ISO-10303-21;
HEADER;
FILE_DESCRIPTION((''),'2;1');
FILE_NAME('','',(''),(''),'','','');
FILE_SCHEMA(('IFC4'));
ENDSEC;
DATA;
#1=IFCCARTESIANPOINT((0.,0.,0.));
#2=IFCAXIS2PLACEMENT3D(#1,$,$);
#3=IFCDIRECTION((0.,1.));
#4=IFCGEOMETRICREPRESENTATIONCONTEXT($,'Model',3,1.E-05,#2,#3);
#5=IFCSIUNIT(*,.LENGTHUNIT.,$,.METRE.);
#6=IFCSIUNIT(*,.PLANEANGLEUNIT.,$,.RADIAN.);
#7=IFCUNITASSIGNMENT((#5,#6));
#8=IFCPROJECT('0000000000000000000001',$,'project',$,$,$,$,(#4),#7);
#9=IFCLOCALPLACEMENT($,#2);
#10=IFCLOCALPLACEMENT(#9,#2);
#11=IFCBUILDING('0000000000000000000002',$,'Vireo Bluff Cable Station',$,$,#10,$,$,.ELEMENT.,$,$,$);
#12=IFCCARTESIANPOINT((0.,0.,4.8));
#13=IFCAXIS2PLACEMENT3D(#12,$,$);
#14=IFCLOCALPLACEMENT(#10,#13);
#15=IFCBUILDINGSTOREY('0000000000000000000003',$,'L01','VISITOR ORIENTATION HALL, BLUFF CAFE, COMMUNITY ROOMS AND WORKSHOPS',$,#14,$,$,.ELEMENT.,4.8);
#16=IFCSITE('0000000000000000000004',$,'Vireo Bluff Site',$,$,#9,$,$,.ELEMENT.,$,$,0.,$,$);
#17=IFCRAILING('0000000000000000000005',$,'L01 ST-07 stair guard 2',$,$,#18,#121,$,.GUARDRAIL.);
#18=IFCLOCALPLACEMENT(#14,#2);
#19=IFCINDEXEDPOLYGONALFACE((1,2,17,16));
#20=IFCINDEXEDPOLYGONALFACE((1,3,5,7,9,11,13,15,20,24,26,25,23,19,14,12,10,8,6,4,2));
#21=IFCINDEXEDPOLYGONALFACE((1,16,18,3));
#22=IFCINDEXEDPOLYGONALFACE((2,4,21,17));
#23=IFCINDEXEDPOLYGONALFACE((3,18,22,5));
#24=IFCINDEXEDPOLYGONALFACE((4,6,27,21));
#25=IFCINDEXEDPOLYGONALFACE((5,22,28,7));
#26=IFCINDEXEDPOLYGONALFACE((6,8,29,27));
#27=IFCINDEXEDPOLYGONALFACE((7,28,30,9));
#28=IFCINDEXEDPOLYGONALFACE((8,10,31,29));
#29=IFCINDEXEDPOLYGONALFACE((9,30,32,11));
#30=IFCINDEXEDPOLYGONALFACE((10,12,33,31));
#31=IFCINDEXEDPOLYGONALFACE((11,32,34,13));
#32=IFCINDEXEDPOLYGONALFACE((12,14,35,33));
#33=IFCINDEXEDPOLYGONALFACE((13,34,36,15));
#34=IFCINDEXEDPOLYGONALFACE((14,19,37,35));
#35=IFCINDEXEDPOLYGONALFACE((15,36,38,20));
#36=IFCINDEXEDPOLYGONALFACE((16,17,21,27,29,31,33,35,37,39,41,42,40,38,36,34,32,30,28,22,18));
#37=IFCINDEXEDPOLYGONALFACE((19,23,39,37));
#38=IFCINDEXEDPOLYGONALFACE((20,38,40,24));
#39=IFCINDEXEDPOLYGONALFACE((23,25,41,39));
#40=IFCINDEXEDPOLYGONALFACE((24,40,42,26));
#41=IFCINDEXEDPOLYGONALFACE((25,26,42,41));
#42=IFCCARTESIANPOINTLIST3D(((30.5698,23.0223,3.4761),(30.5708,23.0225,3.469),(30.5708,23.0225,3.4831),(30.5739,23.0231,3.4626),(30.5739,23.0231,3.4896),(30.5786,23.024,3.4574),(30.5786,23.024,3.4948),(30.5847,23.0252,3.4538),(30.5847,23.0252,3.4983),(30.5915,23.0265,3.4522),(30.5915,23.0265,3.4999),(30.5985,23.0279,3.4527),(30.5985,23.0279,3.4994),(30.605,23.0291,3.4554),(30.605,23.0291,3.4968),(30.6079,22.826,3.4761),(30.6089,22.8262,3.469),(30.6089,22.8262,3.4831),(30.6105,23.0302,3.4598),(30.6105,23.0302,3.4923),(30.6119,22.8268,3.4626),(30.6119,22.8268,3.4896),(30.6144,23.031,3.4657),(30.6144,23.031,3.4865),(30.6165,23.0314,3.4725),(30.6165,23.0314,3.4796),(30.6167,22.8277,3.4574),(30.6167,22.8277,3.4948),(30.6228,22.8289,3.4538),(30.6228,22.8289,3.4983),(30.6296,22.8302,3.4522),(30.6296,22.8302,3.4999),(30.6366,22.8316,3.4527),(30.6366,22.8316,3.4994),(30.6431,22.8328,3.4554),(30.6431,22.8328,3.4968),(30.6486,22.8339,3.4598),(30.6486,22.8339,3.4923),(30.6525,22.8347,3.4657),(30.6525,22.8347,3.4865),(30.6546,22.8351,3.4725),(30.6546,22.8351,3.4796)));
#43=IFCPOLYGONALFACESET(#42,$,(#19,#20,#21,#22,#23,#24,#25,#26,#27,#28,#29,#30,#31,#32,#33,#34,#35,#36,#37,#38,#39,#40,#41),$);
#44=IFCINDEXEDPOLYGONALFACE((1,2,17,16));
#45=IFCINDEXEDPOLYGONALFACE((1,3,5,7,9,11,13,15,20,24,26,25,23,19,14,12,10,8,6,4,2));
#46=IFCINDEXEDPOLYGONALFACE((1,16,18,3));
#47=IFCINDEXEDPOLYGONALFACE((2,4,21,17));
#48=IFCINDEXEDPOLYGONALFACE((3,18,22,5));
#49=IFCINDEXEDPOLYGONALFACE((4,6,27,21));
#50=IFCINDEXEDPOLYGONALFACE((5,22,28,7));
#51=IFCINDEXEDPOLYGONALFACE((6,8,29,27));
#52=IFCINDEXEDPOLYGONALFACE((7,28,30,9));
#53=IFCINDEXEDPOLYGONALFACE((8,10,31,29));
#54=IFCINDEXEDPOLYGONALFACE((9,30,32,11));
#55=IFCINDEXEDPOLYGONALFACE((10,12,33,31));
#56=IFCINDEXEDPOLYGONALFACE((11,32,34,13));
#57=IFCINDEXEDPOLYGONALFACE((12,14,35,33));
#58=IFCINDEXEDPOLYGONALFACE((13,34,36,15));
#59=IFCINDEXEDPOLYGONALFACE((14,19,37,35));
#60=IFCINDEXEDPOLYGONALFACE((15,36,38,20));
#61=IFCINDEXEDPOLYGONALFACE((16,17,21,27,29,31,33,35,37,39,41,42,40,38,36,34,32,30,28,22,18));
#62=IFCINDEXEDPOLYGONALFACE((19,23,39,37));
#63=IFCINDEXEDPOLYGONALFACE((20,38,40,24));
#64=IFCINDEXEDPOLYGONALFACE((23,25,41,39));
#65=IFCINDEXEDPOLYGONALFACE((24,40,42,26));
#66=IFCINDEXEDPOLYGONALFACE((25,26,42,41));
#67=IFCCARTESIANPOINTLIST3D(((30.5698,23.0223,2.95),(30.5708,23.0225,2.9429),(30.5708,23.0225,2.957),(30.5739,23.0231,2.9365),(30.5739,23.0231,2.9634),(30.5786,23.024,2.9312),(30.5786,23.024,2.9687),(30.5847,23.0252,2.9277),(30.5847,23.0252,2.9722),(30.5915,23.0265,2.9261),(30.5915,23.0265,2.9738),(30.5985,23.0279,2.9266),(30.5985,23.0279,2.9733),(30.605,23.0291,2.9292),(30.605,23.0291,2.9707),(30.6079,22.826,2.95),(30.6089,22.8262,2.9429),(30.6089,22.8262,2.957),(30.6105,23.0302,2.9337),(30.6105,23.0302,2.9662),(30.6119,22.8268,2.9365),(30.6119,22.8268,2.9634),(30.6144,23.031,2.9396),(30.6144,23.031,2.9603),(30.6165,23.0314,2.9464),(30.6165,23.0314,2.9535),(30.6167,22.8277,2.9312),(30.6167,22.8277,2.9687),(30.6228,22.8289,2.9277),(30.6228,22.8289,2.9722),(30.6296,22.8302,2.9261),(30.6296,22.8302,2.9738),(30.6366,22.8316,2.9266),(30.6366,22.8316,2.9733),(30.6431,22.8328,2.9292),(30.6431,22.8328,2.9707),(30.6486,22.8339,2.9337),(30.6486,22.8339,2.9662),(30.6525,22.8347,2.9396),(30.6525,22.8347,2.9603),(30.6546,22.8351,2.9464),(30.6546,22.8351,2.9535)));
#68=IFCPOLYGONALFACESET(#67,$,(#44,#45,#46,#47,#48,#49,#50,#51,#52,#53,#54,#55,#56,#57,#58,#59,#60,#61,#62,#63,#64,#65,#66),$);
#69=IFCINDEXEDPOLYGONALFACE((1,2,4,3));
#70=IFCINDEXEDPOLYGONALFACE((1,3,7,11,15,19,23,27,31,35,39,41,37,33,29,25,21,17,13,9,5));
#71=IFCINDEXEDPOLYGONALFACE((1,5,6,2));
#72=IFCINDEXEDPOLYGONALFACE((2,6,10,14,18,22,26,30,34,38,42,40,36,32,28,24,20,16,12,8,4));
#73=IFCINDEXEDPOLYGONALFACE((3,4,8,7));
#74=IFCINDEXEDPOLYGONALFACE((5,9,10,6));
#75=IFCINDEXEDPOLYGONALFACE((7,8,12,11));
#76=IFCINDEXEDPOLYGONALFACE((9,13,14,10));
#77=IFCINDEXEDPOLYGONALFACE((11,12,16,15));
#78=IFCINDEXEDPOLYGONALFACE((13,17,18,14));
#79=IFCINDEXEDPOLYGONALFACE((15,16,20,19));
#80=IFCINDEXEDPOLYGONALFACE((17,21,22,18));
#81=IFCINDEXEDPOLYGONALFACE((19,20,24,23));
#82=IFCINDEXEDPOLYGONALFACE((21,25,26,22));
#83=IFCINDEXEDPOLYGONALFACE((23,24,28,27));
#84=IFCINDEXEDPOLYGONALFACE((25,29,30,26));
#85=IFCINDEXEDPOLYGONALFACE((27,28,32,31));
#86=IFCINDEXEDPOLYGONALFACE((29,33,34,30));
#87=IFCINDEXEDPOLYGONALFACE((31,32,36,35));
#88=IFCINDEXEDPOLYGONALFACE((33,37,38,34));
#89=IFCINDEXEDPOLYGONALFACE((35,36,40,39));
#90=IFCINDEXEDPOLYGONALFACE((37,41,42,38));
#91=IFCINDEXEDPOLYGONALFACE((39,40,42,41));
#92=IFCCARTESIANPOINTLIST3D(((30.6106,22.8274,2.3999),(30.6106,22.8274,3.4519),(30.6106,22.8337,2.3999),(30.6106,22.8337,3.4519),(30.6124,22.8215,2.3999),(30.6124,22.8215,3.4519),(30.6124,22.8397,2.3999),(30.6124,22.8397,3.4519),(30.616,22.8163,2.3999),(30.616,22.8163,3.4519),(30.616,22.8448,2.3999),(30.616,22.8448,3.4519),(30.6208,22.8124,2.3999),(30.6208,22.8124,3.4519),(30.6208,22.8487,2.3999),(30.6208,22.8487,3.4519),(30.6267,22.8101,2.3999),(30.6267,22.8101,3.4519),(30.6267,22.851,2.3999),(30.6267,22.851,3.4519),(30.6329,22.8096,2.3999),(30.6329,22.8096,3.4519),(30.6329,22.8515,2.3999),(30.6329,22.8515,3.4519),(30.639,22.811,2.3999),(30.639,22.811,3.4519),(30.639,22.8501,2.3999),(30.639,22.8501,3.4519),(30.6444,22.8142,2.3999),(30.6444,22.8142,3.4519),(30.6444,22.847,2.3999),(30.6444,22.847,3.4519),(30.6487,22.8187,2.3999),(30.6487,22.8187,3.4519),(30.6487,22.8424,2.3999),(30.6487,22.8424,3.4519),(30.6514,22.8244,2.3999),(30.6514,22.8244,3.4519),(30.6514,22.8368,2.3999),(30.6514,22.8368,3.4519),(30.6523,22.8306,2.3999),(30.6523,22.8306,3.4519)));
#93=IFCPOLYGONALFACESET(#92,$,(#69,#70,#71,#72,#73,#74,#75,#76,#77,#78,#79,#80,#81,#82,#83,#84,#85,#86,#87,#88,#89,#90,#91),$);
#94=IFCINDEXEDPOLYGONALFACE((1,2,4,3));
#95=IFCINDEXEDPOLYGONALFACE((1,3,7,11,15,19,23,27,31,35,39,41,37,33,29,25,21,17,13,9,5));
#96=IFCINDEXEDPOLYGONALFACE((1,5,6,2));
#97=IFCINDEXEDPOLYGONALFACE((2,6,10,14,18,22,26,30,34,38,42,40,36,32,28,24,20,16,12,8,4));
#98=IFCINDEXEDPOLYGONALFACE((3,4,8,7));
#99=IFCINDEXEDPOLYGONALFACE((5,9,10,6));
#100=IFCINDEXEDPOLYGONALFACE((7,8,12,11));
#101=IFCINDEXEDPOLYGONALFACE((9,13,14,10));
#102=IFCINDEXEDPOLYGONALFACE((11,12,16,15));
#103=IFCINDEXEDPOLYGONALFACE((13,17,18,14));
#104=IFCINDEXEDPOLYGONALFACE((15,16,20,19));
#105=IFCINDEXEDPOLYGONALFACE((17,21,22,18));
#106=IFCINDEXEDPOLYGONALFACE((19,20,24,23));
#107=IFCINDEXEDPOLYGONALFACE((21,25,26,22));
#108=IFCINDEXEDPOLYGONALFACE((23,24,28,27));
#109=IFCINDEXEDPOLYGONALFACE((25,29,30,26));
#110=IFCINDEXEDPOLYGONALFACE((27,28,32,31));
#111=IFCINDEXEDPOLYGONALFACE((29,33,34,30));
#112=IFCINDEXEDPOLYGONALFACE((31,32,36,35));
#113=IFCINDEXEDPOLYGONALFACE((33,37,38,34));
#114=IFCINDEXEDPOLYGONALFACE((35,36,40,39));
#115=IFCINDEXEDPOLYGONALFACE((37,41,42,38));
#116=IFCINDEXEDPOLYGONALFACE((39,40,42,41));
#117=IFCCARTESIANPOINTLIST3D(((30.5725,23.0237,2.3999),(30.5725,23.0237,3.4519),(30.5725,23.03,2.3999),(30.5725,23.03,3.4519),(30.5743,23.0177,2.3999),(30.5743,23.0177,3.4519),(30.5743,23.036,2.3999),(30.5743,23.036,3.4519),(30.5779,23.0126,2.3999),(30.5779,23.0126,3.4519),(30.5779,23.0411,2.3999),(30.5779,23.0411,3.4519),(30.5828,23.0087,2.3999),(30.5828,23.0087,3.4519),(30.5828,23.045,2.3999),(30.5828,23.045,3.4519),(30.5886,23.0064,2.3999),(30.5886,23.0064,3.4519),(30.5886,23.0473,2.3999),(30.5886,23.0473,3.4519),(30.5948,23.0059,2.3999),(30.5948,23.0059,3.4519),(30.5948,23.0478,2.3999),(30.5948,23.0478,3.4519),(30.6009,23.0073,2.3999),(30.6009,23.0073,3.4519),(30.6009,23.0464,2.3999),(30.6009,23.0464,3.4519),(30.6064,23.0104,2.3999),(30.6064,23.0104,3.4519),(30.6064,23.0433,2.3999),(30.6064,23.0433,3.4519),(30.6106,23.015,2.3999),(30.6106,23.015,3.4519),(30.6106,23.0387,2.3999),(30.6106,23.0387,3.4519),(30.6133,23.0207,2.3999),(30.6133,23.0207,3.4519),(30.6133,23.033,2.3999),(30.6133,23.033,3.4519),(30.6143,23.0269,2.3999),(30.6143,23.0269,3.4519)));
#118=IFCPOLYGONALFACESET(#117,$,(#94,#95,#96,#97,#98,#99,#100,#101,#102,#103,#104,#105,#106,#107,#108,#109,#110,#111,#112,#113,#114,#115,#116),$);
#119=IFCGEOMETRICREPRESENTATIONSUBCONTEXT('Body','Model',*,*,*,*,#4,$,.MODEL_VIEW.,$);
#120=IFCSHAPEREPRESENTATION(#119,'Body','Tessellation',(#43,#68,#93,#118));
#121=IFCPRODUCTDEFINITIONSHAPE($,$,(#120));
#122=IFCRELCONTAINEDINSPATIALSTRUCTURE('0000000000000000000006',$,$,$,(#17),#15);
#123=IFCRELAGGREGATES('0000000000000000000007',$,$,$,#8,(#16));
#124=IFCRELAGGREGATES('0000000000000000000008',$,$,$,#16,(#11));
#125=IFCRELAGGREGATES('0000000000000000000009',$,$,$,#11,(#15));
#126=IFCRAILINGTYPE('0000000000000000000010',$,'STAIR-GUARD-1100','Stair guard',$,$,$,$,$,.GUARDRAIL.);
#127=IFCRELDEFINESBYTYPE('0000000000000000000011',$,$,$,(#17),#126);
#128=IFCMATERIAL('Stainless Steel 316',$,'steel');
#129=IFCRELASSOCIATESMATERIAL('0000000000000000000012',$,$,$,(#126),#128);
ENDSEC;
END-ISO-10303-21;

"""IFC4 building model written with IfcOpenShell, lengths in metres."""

from ifc_helpers import new_model, si_unit, direction, frame, origin, origin_2d, place, context, subcontext, project, spatial, circle, extrude, material, type_object, element, save


model = new_model("IFC4")

# Units and contexts
model_context = context("Model", 3, precision=1e-05, world=origin(), true_north=direction((0.0, 1.0)))
body_context = subcontext(model_context, "Body", "Model", "MODEL_VIEW")
ifc_project = project(units=[si_unit("LENGTHUNIT", "METRE"), si_unit("PLANEANGLEUNIT", "RADIAN")], contexts=[model_context])

# Site, building, storey
site_placement = place(None, origin())
site = spatial("IfcSite", under=ifc_project, at=site_placement, Name="Vireo Bluff Site", CompositionType="ELEMENT", RefElevation=0.0)
building_placement = place(site_placement, origin())
building = spatial("IfcBuilding", under=site, at=building_placement, Name="Vireo Bluff Cable Station", CompositionType="ELEMENT")
storey_placement = place(building_placement, frame((0.0, 0.0, 4.8)))
storey = spatial("IfcBuildingStorey", under=building, at=storey_placement, Name="L01", Description="VISITOR ORIENTATION HALL, BLUFF CAFE, COMMUNITY ROOMS AND WORKSHOPS", CompositionType="ELEMENT", Elevation=4.8)

# Railing
ifc_material_1 = material(Name="Stainless Steel 316", Category="steel")
railing_type_1 = type_object("IfcRailingType", Name="STAIR-GUARD-1100", Description="Stair guard", PredefinedType="GUARDRAIL", material=ifc_material_1)
railing_1_placement = place(storey_placement, frame((30.6313, 22.8306, 2.3999)))
element("IfcRailing", 1, at=railing_1_placement, inside=storey, type_object=railing_type_1, Name="L01 ST-07 stair guard 2", PredefinedType="GUARDRAIL", context=body_context, shape_type="SweptSolid", body=[
    extrude(circle(Radius=0.0239, at=origin_2d()), frame((0.0, 0.0, 1.0762), z_axis=(-0.190477, 0.981692, 0.0), x_axis=(-0.981692, -0.190477, 0.0)), (0.0, 0.0, 1.0), 0.2),
    extrude(circle(Radius=0.0239, at=origin_2d()), frame((0.0, 0.0, 0.55), z_axis=(-0.190477, 0.981692, 0.0), x_axis=(-0.981692, -0.190477, 0.0)), (0.0, 0.0, 1.0), 0.2),
    extrude(circle(Radius=0.021, at=origin_2d()), origin(), (0.0, 0.0, 1.0), 1.052),
    extrude(circle(Radius=0.021, at=origin_2d()), frame((-0.0381, 0.1963, 0.0)), (0.0, 0.0, 1.0), 1.052),
])

save(model, "model.ifc")
